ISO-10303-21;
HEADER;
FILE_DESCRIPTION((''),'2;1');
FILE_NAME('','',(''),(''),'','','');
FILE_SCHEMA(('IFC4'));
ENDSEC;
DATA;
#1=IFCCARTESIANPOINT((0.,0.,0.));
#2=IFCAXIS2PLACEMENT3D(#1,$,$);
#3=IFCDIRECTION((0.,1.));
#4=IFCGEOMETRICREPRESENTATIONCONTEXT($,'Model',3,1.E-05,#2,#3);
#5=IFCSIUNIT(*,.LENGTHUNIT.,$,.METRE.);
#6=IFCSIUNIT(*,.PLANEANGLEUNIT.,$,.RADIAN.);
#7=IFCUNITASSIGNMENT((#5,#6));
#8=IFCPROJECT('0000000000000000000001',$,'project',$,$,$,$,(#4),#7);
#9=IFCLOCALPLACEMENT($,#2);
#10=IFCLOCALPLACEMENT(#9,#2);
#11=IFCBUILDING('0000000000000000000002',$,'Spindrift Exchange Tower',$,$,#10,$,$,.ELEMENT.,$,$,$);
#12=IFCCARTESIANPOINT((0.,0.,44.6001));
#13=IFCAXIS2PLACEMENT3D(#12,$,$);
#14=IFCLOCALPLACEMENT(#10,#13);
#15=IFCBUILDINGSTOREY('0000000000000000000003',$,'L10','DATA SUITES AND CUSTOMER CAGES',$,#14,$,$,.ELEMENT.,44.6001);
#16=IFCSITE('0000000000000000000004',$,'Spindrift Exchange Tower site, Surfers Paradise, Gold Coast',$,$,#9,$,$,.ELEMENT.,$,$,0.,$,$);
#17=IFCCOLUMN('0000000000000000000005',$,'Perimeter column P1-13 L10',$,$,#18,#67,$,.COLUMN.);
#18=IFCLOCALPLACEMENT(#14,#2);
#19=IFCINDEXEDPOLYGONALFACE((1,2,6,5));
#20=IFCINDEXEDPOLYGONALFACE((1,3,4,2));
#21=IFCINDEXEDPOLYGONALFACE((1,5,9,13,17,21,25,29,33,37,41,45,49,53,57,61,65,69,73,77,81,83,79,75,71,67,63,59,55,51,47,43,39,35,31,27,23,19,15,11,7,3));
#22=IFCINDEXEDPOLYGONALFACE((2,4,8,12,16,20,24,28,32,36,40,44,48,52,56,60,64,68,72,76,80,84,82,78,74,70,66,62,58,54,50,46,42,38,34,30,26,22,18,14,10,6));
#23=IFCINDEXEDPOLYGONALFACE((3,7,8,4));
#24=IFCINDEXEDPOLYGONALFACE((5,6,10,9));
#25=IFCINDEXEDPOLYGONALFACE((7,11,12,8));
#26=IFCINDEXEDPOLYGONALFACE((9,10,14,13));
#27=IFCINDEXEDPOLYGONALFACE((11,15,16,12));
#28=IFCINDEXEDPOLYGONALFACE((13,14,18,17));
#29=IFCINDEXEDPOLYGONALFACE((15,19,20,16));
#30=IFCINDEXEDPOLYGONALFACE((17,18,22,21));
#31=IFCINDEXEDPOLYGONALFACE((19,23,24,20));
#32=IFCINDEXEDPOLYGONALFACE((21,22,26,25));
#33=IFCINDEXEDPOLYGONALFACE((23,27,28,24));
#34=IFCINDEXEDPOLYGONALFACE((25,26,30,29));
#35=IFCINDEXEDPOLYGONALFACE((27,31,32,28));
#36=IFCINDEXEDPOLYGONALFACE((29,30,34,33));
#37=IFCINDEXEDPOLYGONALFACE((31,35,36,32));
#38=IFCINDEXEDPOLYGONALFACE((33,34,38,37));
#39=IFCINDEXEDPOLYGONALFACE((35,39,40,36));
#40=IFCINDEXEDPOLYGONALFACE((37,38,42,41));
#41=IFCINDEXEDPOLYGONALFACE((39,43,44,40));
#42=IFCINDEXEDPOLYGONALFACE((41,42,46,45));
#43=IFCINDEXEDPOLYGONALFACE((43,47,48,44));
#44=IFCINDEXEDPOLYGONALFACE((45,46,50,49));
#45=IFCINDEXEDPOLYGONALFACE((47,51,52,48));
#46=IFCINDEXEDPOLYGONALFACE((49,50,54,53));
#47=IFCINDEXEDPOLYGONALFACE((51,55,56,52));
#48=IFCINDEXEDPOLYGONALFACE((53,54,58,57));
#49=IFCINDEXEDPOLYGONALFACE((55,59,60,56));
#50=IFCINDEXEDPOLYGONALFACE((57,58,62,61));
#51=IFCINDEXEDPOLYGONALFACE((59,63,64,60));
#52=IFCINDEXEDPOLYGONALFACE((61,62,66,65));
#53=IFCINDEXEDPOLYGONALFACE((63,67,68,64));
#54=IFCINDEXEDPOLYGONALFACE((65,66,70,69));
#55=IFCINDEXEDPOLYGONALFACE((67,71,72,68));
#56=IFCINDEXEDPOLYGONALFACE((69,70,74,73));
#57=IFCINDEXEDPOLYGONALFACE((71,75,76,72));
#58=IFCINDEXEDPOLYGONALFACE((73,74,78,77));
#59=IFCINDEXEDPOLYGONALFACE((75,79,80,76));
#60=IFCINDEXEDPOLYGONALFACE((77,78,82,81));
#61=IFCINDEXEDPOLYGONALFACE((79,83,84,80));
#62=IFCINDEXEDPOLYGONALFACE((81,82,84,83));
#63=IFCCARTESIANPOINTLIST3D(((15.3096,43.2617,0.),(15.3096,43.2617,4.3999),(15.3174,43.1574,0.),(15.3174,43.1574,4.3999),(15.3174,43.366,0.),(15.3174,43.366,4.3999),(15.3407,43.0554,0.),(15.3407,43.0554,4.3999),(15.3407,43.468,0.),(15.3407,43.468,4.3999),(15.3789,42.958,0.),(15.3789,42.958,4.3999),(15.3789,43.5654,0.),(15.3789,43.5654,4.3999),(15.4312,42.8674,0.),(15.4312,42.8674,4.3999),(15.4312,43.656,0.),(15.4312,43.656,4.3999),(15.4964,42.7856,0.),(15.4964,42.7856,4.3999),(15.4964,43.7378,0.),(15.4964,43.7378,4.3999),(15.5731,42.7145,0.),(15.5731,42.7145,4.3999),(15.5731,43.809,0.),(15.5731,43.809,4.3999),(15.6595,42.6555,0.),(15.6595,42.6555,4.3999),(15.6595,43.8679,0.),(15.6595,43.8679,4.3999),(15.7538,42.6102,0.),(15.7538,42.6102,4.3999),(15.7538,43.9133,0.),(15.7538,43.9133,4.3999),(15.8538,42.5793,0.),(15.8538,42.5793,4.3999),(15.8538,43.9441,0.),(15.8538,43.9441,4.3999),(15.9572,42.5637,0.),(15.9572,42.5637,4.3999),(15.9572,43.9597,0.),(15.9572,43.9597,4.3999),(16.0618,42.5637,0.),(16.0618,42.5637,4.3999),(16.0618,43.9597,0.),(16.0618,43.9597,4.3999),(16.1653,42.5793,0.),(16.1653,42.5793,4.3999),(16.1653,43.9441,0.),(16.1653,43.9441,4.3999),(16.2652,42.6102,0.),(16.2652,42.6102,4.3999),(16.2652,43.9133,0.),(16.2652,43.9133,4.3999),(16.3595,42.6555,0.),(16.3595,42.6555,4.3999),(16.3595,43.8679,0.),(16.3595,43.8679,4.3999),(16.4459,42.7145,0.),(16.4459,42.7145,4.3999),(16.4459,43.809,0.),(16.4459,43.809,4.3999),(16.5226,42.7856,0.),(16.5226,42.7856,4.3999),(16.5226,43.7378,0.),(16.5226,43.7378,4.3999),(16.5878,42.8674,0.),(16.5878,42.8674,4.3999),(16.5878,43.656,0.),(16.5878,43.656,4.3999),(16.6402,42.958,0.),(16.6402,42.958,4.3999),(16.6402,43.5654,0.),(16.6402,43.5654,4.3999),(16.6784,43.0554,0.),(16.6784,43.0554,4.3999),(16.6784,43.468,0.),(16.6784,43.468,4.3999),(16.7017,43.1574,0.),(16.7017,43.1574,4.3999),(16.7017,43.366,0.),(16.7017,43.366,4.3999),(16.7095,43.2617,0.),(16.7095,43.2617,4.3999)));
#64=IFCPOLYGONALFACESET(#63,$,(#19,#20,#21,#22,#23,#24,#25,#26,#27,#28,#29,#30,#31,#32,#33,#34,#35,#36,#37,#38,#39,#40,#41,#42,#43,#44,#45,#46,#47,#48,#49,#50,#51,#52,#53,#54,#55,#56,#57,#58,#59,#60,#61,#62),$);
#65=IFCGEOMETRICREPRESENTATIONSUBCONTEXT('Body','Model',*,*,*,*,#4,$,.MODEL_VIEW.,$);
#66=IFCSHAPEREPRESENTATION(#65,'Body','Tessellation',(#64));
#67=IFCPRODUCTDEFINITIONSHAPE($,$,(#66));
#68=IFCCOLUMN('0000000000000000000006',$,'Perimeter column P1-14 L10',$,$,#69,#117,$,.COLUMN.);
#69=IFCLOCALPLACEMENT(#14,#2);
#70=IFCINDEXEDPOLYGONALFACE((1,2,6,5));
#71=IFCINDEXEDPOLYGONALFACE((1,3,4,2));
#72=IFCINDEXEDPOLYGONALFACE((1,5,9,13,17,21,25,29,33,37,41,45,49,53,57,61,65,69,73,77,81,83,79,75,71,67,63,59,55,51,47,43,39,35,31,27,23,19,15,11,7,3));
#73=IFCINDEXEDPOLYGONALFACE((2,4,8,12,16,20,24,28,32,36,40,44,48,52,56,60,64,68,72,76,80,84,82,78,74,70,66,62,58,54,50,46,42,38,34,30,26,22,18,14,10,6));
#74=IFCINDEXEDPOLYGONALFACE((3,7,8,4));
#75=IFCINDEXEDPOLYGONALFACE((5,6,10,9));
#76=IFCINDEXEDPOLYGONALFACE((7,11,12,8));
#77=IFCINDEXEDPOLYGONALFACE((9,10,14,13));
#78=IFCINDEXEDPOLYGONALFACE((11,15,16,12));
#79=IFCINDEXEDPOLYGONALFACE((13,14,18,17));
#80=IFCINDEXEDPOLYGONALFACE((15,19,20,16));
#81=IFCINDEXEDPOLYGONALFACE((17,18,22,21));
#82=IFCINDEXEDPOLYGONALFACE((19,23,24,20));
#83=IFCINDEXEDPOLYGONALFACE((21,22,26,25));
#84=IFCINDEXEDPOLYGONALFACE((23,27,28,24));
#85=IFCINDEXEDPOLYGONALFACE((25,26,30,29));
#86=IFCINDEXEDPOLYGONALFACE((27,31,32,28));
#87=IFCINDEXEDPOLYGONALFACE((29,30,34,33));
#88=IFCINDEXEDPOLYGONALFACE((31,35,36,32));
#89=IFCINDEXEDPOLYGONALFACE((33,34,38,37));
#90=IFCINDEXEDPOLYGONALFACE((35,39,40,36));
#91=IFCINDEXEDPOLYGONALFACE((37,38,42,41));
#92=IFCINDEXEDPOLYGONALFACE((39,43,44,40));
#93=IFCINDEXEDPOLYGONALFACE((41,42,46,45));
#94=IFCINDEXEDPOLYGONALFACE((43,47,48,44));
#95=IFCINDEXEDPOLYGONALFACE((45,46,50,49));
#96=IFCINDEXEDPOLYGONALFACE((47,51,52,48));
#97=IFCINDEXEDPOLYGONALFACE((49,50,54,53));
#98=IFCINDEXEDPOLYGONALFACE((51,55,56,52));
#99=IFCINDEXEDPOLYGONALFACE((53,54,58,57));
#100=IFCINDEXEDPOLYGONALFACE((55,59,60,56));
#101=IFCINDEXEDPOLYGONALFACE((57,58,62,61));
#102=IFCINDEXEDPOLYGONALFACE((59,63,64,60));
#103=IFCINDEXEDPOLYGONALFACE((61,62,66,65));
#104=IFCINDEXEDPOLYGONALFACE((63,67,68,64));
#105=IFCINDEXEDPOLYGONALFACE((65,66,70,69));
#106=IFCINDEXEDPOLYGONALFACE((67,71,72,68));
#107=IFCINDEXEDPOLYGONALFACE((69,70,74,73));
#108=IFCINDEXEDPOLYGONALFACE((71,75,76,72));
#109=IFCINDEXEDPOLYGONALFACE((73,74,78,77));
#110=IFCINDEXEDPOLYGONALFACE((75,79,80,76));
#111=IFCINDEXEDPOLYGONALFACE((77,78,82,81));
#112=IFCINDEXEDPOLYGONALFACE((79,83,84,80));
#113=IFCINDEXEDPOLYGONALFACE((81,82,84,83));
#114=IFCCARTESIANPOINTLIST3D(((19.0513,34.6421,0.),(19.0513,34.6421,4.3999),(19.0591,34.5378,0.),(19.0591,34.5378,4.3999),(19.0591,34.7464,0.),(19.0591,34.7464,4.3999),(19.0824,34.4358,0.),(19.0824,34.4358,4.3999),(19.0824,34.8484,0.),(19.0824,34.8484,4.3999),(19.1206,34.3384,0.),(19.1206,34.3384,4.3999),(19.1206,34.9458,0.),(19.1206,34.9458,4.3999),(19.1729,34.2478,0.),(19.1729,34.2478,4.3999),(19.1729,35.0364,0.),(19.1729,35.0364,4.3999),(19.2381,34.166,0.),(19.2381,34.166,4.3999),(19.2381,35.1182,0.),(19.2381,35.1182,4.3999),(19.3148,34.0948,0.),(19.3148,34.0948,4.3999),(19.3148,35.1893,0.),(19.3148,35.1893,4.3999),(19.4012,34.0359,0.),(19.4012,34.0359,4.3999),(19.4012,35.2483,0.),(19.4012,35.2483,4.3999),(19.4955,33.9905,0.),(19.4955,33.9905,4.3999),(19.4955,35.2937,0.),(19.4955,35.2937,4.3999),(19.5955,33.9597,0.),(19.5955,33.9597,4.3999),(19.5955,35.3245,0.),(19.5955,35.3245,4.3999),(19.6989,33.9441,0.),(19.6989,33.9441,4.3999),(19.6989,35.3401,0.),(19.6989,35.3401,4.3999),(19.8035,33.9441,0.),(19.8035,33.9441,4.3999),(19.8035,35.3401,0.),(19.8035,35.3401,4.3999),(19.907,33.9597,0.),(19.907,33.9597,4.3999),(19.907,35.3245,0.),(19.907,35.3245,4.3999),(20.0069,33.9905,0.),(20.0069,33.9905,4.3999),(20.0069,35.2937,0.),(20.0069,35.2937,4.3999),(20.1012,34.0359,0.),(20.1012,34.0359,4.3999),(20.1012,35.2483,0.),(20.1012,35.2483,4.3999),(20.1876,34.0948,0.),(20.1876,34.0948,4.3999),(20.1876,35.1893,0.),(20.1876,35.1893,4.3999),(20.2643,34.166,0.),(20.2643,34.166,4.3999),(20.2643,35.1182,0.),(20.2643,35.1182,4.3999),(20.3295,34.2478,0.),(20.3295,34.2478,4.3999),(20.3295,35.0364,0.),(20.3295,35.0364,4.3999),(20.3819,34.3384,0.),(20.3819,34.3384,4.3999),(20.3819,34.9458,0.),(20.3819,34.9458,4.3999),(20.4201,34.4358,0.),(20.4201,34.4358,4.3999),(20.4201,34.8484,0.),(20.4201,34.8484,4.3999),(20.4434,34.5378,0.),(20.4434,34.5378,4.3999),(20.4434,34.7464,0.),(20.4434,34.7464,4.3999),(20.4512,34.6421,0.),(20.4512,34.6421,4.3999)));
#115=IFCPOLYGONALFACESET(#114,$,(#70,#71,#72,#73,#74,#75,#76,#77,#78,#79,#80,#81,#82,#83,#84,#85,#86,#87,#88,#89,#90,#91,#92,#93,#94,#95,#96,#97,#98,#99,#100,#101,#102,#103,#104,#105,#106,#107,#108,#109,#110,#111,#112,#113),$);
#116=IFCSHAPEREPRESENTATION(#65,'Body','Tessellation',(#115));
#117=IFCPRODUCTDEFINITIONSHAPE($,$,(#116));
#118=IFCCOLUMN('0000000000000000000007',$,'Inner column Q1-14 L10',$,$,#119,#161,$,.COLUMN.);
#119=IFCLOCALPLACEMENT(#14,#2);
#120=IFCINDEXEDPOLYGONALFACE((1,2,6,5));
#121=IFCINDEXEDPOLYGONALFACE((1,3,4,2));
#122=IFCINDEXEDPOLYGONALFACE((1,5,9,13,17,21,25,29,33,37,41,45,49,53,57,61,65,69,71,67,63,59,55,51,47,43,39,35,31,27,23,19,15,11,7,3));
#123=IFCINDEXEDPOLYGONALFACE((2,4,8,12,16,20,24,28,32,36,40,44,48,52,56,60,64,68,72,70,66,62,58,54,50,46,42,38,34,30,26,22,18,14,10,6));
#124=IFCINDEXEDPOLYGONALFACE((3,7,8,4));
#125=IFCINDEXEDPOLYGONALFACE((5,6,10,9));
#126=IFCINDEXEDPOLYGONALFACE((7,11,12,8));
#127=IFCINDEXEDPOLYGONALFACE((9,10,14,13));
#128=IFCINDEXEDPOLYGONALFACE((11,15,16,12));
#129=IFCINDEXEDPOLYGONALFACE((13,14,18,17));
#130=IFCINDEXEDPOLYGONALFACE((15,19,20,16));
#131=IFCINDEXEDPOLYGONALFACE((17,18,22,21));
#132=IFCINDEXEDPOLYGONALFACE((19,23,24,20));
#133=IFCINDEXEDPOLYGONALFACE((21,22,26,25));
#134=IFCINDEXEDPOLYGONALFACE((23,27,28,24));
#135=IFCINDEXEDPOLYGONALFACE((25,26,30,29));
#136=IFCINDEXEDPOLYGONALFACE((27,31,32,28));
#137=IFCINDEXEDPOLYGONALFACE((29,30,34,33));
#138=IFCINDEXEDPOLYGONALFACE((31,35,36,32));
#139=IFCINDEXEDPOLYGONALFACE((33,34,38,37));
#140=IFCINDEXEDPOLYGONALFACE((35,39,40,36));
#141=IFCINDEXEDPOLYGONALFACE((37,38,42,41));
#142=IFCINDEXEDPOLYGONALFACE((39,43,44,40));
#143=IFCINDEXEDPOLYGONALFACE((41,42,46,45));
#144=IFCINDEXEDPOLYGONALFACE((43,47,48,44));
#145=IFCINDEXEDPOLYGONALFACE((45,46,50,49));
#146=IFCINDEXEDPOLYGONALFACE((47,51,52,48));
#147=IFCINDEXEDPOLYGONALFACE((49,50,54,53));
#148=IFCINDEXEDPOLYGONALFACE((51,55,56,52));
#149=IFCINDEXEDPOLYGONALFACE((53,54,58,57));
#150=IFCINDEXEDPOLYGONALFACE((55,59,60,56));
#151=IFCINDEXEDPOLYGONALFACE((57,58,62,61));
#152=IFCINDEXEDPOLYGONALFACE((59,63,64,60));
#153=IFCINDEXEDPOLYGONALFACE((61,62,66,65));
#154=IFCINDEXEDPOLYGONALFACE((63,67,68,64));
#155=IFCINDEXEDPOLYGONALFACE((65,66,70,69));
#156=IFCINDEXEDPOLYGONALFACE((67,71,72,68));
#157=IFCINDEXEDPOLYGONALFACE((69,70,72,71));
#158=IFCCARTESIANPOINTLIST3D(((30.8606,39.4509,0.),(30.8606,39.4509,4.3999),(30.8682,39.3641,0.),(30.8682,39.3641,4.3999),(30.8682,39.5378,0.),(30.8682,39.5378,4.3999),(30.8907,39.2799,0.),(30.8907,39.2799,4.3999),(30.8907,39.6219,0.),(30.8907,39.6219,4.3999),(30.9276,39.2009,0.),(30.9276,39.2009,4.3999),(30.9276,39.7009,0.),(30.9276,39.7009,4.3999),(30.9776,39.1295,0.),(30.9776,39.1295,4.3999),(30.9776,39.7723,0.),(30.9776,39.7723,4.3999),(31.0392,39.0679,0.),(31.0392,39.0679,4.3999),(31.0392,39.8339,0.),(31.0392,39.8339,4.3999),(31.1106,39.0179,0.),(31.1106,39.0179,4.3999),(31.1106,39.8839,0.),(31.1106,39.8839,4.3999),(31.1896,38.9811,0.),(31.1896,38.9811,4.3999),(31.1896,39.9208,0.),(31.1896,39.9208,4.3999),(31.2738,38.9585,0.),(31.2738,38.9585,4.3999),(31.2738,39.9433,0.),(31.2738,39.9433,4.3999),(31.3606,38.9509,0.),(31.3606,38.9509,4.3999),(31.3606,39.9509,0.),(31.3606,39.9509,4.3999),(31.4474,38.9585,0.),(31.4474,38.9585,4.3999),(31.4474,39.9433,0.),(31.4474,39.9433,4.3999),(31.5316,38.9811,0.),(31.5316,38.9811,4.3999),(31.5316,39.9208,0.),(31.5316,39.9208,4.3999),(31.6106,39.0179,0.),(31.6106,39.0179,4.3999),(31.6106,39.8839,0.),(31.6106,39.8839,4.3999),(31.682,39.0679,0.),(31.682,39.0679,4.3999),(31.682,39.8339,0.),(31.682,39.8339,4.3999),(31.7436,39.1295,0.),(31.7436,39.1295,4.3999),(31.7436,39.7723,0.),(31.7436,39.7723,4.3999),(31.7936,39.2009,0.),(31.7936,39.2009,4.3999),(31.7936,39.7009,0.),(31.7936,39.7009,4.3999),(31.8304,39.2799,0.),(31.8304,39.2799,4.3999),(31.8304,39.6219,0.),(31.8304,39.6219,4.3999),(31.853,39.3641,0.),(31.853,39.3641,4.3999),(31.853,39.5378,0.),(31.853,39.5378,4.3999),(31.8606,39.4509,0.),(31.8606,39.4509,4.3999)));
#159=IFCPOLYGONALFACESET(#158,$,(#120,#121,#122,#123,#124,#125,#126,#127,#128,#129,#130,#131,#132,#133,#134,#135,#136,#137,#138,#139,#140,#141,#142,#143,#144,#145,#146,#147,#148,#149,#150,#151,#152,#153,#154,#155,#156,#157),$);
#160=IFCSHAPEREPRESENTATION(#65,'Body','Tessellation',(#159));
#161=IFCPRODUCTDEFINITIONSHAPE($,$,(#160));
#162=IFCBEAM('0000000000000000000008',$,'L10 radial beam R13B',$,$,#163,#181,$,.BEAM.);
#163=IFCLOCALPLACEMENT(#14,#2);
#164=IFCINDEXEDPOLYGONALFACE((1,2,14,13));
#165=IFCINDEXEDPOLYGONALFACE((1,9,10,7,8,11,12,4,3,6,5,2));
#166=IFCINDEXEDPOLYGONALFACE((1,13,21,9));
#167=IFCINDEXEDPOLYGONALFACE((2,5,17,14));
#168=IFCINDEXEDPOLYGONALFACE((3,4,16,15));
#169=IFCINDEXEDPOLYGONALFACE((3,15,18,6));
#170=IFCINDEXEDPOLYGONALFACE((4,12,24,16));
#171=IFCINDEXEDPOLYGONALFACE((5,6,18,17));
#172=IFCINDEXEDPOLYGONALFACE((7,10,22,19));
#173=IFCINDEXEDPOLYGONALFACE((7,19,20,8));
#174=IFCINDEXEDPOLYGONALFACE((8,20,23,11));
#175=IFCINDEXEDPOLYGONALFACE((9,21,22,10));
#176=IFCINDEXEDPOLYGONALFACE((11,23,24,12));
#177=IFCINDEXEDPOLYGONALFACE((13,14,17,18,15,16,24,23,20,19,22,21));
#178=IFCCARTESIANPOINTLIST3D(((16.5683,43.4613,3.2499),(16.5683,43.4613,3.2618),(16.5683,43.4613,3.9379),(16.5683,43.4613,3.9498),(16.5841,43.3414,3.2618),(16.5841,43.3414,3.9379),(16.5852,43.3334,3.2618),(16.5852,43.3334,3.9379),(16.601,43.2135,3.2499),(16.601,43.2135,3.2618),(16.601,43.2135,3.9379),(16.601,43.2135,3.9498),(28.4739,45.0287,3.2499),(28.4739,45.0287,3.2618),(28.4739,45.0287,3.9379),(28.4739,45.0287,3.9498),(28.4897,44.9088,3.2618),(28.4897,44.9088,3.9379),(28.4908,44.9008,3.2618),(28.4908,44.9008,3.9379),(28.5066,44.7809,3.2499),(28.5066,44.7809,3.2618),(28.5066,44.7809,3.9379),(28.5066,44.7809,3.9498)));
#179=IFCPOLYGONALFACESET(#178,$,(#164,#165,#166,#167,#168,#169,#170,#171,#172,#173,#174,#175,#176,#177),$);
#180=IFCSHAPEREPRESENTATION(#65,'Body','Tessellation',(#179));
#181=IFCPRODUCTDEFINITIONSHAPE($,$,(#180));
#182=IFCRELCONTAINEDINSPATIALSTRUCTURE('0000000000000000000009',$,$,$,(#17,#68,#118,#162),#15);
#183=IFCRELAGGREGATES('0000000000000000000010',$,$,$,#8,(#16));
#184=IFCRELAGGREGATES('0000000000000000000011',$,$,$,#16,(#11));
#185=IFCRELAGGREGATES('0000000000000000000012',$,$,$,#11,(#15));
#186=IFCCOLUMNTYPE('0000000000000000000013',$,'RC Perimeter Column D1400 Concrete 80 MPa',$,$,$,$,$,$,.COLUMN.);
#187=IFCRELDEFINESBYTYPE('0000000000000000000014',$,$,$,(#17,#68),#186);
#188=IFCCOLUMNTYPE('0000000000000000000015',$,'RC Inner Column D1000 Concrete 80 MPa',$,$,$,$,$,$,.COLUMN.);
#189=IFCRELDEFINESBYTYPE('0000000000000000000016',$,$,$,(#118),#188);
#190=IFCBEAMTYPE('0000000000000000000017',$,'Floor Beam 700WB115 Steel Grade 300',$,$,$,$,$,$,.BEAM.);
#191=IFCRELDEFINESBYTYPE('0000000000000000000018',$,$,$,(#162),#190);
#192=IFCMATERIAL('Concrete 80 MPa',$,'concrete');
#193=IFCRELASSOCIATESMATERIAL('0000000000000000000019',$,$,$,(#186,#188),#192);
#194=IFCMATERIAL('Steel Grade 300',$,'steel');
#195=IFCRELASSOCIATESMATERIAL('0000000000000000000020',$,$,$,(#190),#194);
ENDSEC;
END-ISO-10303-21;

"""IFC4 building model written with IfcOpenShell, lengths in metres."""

from ifc_helpers import new_model, si_unit, direction, frame, origin, origin_2d, place, context, subcontext, project, spatial, circle, i_section, extrude, source, transform, mapped, material, material_profile, profile_set, type_object, element, save


model = new_model("IFC4")

# Units and contexts
model_context = context("Model", 3, precision=1e-05, world=origin(), true_north=direction((0.0, 1.0)))
body_context = subcontext(model_context, "Body", "Model", "MODEL_VIEW")
ifc_project = project(units=[si_unit("LENGTHUNIT", "METRE"), si_unit("PLANEANGLEUNIT", "RADIAN")], contexts=[model_context])

# Site, building, storey
site_placement = place(None, origin())
site = spatial("IfcSite", under=ifc_project, at=site_placement, Name="Spindrift Exchange Tower site, Surfers Paradise, Gold Coast", CompositionType="ELEMENT", RefElevation=0.0)
building_placement = place(site_placement, origin())
building = spatial("IfcBuilding", under=site, at=building_placement, Name="Spindrift Exchange Tower", CompositionType="ELEMENT")
storey_placement = place(building_placement, frame((0.0, 0.0, 44.6001)))
storey = spatial("IfcBuildingStorey", under=building, at=storey_placement, Name="L10", Description="DATA SUITES AND CUSTOMER CAGES", CompositionType="ELEMENT", Elevation=44.6001)

# Columns
ifc_material_1 = material(Name="Concrete 80 MPa", Category="concrete")
ifc_material_profile_1 = material_profile(ifc_material_1, circle(Radius=0.7, at=origin_2d()), Name="RC D1400")
ifc_profile_set_1 = profile_set([ifc_material_profile_1], Name="Concrete 80 MPa")
column_type_1 = type_object("IfcColumnType", Name="RC Perimeter Column D1400 Concrete 80 MPa", PredefinedType="COLUMN", material=ifc_profile_set_1)
shared_shape_1 = source(origin(), body_context, "Body", "SweptSolid", [
    extrude(circle(Radius=0.7, at=origin_2d()), origin(), (0.0, 0.0, 1.0), 4.3999),
])
for number, where, z_axis, x_axis, name in (
    (1, (16.0095, 43.2617, 0.0), (0.0, 0.0, 1.0), (1.0, 0.0, 0.0), "Perimeter column P1-13 L10"),
    (2, (19.7512, 34.6421, 0.0), (0.0, 0.0, 1.0), (1.0, 0.0, 0.0), "Perimeter column P1-14 L10"),
):
    element("IfcColumn", number, at=place(storey_placement, frame(where, z_axis=z_axis, x_axis=x_axis)), inside=storey, type_object=column_type_1, Name=name, PredefinedType="COLUMN", context=body_context, shape_type="MappedRepresentation", body=[
        mapped(shared_shape_1, transform((0.0, 0.0, 0.0), scale=1.0)),
    ])
ifc_material_profile_2 = material_profile(ifc_material_1, circle(Radius=0.5, at=origin_2d()), Name="RC D1000")
ifc_profile_set_2 = profile_set([ifc_material_profile_2], Name="Concrete 80 MPa")
column_type_2 = type_object("IfcColumnType", Name="RC Inner Column D1000 Concrete 80 MPa", PredefinedType="COLUMN", material=ifc_profile_set_2)
shared_shape_2 = source(origin(), body_context, "Body", "SweptSolid", [
    extrude(circle(Radius=0.5, at=origin_2d()), origin(), (0.0, 0.0, 1.0), 4.3999),
])
column_placement = place(storey_placement, frame((31.3606, 39.4509, 0.0), z_axis=(0.0, 0.0, 1.0), x_axis=(1.0, 0.0, 0.0)))
element("IfcColumn", 3, at=column_placement, inside=storey, type_object=column_type_2, Name="Inner column Q1-14 L10", PredefinedType="COLUMN", context=body_context, shape_type="MappedRepresentation", body=[
    mapped(shared_shape_2, transform((0.0, 0.0, 0.0), scale=1.0)),
])

# Beam
ifc_material_2 = material(Name="Steel Grade 300", Category="steel")
ifc_material_profile_3 = material_profile(ifc_material_2, i_section(OverallWidth=0.25, OverallDepth=0.7, WebThickness=0.0081, FlangeThickness=0.012, at=origin_2d()), Name="700WB115")
ifc_profile_set_3 = profile_set([ifc_material_profile_3], Name="Steel Grade 300")
beam_type_1 = type_object("IfcBeamType", Name="Floor Beam 700WB115 Steel Grade 300", PredefinedType="BEAM", material=ifc_profile_set_3)
shared_shape_3 = source(origin(), body_context, "Body", "SweptSolid", [
    extrude(i_section(OverallWidth=0.25, OverallDepth=0.7, WebThickness=0.0081, FlangeThickness=0.012, at=origin_2d()), origin(), (0.0, 0.0, 1.0), 12.0083),
])
beam_1_placement = place(storey_placement, frame((28.4902, 44.9048, 3.5999), z_axis=(-0.991445, -0.130526, 0.0), x_axis=(0.130526, -0.991445, 0.0)))
element("IfcBeam", 4, at=beam_1_placement, inside=storey, type_object=beam_type_1, Name="L10 radial beam R13B", PredefinedType="BEAM", context=body_context, shape_type="MappedRepresentation", body=[
    mapped(shared_shape_3, transform((0.0, 0.0, 0.0), scale=1.0)),
])

save(model, "model.ifc")
